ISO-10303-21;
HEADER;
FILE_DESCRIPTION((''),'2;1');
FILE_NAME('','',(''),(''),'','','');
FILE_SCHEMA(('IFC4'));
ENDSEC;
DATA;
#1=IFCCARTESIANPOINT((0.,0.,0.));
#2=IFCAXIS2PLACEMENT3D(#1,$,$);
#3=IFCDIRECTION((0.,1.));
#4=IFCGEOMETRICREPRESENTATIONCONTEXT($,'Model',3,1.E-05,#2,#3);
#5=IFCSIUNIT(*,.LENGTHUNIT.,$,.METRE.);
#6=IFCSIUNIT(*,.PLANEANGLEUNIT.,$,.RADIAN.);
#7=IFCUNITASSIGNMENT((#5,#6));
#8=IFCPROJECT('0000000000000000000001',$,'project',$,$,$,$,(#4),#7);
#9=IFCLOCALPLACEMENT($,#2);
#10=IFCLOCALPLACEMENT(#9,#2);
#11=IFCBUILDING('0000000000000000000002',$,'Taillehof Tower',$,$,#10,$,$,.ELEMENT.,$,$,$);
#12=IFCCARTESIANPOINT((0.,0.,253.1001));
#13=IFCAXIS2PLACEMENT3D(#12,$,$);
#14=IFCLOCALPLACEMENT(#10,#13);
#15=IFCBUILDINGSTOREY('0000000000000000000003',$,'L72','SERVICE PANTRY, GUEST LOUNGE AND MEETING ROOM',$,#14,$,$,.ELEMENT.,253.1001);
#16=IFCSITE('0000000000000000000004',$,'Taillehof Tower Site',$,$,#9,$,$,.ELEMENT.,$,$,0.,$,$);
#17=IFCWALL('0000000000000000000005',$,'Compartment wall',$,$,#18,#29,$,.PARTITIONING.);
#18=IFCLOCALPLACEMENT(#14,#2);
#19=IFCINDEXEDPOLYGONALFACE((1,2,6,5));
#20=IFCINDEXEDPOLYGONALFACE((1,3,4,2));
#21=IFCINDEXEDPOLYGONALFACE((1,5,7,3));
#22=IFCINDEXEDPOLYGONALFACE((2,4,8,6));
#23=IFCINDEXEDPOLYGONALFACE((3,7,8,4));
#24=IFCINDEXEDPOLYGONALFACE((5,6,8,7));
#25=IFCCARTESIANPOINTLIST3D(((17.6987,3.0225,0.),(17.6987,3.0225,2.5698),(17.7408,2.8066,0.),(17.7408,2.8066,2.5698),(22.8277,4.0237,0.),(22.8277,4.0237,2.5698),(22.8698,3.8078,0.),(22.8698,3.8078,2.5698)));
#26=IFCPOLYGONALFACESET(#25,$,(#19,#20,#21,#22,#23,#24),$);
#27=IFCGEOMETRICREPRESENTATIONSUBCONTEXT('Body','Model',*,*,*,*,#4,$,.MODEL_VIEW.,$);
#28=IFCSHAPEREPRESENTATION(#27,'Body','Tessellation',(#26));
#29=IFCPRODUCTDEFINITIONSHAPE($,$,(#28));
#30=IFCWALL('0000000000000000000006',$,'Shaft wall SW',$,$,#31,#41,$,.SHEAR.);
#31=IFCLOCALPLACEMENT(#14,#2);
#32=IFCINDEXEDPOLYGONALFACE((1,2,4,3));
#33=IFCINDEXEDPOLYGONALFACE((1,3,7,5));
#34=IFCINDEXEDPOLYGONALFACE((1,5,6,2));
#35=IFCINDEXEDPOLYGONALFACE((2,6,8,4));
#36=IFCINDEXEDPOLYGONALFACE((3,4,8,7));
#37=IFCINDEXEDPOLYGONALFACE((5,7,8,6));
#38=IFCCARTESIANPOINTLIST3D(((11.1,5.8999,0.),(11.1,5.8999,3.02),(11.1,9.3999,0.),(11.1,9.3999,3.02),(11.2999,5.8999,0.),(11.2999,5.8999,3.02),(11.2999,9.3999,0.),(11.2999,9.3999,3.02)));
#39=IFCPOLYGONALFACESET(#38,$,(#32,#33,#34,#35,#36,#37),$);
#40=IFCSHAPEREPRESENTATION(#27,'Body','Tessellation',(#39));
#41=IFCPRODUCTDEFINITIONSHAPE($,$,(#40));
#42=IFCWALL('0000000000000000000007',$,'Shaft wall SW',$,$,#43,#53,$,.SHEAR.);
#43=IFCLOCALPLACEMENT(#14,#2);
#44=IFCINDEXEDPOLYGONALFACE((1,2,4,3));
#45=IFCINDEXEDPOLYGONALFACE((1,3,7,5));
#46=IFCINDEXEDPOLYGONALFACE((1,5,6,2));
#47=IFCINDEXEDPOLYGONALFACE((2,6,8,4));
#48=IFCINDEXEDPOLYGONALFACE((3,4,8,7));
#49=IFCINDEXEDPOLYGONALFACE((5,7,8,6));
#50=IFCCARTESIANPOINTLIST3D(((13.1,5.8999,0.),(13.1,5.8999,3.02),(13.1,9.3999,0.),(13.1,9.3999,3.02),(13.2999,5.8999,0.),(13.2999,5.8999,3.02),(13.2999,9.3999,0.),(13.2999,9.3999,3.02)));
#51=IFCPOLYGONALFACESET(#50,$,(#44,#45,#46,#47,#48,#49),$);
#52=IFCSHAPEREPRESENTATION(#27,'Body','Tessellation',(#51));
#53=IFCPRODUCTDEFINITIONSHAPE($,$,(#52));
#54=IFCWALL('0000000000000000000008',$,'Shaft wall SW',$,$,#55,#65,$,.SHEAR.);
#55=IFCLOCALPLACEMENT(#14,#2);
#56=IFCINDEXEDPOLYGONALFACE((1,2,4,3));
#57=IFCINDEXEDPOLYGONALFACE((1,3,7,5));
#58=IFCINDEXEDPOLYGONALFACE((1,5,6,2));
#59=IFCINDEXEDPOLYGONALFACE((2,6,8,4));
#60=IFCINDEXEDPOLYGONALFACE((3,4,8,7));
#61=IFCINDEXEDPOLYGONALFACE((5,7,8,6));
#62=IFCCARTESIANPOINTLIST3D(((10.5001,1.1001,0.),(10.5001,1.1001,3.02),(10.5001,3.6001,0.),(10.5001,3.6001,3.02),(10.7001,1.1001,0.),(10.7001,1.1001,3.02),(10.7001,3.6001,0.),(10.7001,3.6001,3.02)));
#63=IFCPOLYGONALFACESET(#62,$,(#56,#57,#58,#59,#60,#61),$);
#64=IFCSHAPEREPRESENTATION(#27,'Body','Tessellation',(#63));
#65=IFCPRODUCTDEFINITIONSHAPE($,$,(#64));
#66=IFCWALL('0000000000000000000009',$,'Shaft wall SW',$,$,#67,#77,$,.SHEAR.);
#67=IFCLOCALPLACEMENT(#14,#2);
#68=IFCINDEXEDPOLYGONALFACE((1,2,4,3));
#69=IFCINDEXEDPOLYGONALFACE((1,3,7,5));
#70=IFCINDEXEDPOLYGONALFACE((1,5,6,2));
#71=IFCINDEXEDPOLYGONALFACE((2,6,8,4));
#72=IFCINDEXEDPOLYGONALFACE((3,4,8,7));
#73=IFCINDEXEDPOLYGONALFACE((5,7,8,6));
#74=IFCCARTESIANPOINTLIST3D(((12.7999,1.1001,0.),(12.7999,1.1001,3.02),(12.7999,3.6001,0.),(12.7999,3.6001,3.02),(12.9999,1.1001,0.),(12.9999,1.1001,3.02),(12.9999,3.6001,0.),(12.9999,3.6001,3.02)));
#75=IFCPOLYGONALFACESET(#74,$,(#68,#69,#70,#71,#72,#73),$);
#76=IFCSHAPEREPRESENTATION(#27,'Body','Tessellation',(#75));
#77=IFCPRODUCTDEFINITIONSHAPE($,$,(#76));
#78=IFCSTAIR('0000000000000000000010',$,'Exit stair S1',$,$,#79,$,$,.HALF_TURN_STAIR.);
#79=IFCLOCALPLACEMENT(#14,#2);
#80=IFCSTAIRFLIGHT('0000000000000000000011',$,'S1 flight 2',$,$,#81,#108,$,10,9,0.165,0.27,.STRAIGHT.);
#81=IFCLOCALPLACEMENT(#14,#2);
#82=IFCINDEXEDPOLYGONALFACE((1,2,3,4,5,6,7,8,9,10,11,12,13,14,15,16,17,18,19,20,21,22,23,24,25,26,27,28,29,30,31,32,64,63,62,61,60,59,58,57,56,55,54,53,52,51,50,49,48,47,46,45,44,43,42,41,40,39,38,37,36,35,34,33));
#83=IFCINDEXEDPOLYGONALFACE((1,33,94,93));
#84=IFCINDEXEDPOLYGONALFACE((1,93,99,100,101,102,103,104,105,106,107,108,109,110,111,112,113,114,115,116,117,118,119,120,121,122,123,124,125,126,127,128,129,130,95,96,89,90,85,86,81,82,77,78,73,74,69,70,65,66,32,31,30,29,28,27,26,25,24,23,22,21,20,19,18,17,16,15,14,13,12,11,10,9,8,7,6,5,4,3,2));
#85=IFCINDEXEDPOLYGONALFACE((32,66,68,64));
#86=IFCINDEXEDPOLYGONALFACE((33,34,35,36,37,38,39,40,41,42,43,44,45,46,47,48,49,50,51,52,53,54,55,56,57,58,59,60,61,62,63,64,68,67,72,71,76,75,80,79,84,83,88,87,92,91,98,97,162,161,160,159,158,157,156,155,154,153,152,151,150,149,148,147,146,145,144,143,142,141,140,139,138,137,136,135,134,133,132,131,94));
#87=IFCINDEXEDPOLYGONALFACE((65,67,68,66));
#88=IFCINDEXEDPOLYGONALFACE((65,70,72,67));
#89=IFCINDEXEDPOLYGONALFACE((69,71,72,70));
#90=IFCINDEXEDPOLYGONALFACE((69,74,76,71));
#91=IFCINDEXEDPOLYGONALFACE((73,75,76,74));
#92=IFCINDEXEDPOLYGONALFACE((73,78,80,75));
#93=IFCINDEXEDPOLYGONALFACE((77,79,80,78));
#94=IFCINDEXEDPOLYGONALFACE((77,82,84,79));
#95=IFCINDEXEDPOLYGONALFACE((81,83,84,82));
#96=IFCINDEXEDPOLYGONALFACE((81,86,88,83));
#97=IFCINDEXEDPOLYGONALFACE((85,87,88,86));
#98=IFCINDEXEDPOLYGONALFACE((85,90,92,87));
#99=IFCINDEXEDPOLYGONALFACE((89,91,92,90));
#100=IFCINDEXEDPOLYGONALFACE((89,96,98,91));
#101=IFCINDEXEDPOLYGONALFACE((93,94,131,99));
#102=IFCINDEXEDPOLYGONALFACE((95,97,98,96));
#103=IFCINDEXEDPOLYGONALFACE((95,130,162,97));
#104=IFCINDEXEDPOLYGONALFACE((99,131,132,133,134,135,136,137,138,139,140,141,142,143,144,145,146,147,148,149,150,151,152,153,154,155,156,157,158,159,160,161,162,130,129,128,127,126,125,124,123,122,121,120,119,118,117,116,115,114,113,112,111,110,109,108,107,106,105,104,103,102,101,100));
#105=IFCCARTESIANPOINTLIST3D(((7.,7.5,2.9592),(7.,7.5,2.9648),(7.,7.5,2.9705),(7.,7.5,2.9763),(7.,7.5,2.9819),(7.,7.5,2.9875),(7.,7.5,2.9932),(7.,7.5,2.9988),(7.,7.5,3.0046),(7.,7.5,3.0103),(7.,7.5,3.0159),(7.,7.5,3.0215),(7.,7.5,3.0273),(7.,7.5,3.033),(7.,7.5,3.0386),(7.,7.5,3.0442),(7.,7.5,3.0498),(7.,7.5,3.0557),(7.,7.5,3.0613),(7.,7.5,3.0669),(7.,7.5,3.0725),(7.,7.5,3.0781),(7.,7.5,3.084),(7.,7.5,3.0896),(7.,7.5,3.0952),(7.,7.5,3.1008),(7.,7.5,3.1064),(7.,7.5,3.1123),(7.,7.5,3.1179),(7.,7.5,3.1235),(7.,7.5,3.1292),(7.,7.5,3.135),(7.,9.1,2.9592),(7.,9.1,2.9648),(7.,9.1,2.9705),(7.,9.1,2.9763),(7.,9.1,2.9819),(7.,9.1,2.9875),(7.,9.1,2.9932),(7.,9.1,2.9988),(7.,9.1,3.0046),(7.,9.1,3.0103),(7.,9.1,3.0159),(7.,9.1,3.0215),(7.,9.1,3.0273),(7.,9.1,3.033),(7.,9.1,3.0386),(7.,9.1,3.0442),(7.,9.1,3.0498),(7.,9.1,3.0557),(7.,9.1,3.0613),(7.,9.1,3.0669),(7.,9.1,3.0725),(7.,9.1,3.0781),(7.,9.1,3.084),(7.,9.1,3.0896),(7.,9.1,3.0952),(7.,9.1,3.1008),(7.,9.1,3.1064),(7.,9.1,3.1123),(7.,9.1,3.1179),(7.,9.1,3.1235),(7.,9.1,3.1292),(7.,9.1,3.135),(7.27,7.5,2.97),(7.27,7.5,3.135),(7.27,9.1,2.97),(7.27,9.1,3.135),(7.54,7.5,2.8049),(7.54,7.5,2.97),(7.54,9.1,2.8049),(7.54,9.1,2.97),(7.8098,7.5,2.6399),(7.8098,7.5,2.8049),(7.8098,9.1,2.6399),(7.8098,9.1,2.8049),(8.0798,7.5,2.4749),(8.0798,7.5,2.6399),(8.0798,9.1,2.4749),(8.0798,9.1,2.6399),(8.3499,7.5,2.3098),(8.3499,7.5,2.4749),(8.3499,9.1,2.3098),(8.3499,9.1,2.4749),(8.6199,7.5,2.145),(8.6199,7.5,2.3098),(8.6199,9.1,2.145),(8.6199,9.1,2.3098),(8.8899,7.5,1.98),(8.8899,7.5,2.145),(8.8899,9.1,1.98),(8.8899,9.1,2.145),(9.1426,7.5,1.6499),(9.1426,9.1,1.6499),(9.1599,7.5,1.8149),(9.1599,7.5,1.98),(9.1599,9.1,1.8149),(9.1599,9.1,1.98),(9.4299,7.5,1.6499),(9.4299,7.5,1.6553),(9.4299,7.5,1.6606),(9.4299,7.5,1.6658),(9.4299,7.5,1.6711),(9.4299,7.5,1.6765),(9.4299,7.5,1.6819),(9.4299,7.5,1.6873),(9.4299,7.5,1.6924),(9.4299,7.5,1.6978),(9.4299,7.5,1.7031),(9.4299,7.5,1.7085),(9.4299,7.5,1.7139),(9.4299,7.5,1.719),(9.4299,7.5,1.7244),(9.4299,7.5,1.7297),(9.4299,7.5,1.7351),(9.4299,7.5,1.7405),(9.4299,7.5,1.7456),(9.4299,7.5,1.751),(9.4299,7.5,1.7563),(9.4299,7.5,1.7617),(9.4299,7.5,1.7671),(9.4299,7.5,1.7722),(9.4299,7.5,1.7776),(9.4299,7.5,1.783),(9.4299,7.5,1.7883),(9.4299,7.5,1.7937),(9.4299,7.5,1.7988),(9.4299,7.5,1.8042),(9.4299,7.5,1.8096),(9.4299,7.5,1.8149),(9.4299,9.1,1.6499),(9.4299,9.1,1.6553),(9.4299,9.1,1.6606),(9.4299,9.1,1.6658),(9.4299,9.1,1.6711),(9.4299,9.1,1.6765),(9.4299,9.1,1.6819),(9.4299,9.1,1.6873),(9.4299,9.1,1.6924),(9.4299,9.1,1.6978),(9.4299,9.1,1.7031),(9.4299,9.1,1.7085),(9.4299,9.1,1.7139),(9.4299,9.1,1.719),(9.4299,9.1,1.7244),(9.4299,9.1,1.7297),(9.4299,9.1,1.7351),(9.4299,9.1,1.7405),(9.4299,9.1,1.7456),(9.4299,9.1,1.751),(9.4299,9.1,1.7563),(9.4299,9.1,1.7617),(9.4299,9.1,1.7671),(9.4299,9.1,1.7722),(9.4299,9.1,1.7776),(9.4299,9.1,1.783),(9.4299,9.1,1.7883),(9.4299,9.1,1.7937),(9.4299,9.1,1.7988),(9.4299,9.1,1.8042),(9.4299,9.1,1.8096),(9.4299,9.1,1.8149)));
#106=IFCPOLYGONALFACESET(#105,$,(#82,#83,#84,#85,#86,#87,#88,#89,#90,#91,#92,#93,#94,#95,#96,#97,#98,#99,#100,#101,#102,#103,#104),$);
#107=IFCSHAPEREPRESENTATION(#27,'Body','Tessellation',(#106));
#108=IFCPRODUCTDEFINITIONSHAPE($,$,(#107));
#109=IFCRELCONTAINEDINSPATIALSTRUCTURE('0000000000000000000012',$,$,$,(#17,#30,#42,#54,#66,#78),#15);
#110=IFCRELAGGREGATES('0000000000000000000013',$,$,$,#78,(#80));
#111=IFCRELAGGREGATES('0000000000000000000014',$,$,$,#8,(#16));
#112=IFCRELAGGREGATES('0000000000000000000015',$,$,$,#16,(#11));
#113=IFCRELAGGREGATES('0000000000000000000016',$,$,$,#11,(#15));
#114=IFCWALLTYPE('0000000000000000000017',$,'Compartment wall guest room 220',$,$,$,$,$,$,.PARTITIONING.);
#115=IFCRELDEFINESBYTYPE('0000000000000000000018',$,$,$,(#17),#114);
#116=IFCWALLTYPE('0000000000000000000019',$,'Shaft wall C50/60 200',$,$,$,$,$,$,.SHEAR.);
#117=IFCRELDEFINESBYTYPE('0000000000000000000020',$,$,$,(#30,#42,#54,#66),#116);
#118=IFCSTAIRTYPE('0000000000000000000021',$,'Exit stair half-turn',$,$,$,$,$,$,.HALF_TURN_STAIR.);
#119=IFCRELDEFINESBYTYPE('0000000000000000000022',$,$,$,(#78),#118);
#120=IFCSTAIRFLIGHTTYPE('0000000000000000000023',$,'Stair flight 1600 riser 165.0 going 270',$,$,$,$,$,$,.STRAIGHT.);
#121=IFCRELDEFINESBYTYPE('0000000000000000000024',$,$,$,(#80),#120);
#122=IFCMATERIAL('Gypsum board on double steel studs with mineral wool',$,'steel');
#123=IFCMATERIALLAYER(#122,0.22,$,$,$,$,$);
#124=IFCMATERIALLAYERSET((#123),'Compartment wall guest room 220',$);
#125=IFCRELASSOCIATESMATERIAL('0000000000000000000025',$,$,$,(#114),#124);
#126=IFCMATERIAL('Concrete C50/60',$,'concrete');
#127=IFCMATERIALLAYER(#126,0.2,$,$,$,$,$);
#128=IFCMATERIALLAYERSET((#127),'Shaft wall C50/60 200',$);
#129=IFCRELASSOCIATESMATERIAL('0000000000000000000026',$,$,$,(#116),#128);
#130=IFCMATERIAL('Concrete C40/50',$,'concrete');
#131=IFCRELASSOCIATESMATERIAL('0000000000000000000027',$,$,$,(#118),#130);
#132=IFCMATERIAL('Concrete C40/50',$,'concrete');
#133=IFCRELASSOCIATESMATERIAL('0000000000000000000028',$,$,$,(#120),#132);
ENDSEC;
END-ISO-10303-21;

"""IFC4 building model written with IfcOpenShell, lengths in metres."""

from ifc_helpers import new_model, si_unit, direction, frame, frame_2d, origin, place, context, subcontext, project, spatial, polyline, rectangle, outline, extrude, material, layer, layer_set, type_object, element, aggregate, save


model = new_model("IFC4")

# Units and contexts
model_context = context("Model", 3, precision=1e-05, world=origin(), true_north=direction((0.0, 1.0)))
body_context = subcontext(model_context, "Body", "Model", "MODEL_VIEW")
ifc_project = project(units=[si_unit("LENGTHUNIT", "METRE"), si_unit("PLANEANGLEUNIT", "RADIAN")], contexts=[model_context])

# Site, building, storey
site_placement = place(None, origin())
site = spatial("IfcSite", under=ifc_project, at=site_placement, Name="Taillehof Tower Site", CompositionType="ELEMENT", RefElevation=0.0)
building_placement = place(site_placement, origin())
building = spatial("IfcBuilding", under=site, at=building_placement, Name="Taillehof Tower", CompositionType="ELEMENT")
storey_placement = place(building_placement, frame((0.0, 0.0, 253.1001)))
storey = spatial("IfcBuildingStorey", under=building, at=storey_placement, Name="L72", Description="SERVICE PANTRY, GUEST LOUNGE AND MEETING ROOM", CompositionType="ELEMENT", Elevation=253.1001)

# Walls
ifc_material_1 = material(Name="Gypsum board on double steel studs with mineral wool", Category="steel")
ifc_layer_1 = layer(ifc_material_1, 0.22)
ifc_layer_set_1 = layer_set([ifc_layer_1], Name="Compartment wall guest room 220")
wall_type_1 = type_object("IfcWallType", Name="Compartment wall guest room 220", PredefinedType="PARTITIONING", material=ifc_layer_set_1)
wall_1_placement = place(storey_placement, frame((22.8486, 3.9158, 0.0), z_axis=(0.0, 0.0, 1.0), x_axis=(-0.981474, -0.191595, 0.0)))
element("IfcWall", 1, at=wall_1_placement, inside=storey, type_object=wall_type_1, Name="Compartment wall", PredefinedType="PARTITIONING", context=body_context, shape_type="SweptSolid", body=[
    extrude(rectangle(XDim=5.2258, YDim=0.22, at=frame_2d((2.6128, 0.0))), origin(), (0.0, 0.0, 1.0), 2.5698),
])
ifc_material_2 = material(Name="Concrete C50/60", Category="concrete")
ifc_layer_2 = layer(ifc_material_2, 0.2)
ifc_layer_set_2 = layer_set([ifc_layer_2], Name="Shaft wall C50/60 200")
wall_type_2 = type_object("IfcWallType", Name="Shaft wall C50/60 200", PredefinedType="SHEAR", material=ifc_layer_set_2)
for number, where, z_axis, x_axis, name in (
    (2, (11.2, 5.8999, 0.0), (0.0, 0.0, 1.0), (0.0, 1.0, 0.0), "Shaft wall SW"),
    (3, (13.2, 5.8999, 0.0), (0.0, 0.0, 1.0), (0.0, 1.0, 0.0), "Shaft wall SW"),
):
    element("IfcWall", number, at=place(storey_placement, frame(where, z_axis=z_axis, x_axis=x_axis)), inside=storey, type_object=wall_type_2, Name=name, PredefinedType="SHEAR", context=body_context, shape_type="SweptSolid", body=[
        extrude(rectangle(XDim=3.5, YDim=0.2, at=frame_2d((1.75, 0.0))), origin(), (0.0, 0.0, 1.0), 3.02),
    ])
for number, where, z_axis, x_axis, name in (
    (4, (10.6001, 1.1001, 0.0), (0.0, 0.0, 1.0), (0.0, 1.0, 0.0), "Shaft wall SW"),
    (5, (12.8999, 1.1001, 0.0), (0.0, 0.0, 1.0), (0.0, 1.0, 0.0), "Shaft wall SW"),
):
    element("IfcWall", number, at=place(storey_placement, frame(where, z_axis=z_axis, x_axis=x_axis)), inside=storey, type_object=wall_type_2, Name=name, PredefinedType="SHEAR", context=body_context, shape_type="SweptSolid", body=[
        extrude(rectangle(XDim=2.5, YDim=0.2, at=frame_2d((1.25, 0.0))), origin(), (0.0, 0.0, 1.0), 3.02),
    ])

# Stair, stair flight
ifc_material_3 = material(Name="Concrete C40/50", Category="concrete")
stair_type = type_object("IfcStairType", Name="Exit stair half-turn", PredefinedType="HALF_TURN_STAIR", material=ifc_material_3)
stair_placement = place(storey_placement, origin())
stair = element("IfcStair", 6, at=stair_placement, inside=storey, type_object=stair_type, Name="Exit stair S1", PredefinedType="HALF_TURN_STAIR")
ifc_material_4 = material(Name="Concrete C40/50", Category="concrete")
stair_flight_type = type_object("IfcStairFlightType", Name="Stair flight 1600 riser 165.0 going 270", PredefinedType="STRAIGHT", material=ifc_material_4)
stair_flight_placement = place(storey_placement, frame((9.4299, 8.3, 1.6499), z_axis=(0.0, 0.0, 1.0), x_axis=(-1.0, 0.0, 0.0)))
stair_flight = element("IfcStairFlight", 7, at=stair_flight_placement, type_object=stair_flight_type, Name="S1 flight 2", NumberOfRisers=10, NumberOfTreads=9, PredefinedType="STRAIGHT", RiserHeight=0.165, TreadLength=0.27, context=body_context, shape_type="SweptSolid", body=[
    extrude(outline(polyline([(0.0, 0.0), (0.0, 0.0054), (0.0, 0.0107), (0.0, 0.0159), (0.0, 0.0212), (0.0, 0.0266), (0.0, 0.032), (0.0, 0.0374), (0.0, 0.0425), (0.0, 0.0479), (0.0, 0.0532), (0.0, 0.0586), (0.0, 0.064), (0.0, 0.0691), (0.0, 0.0745), (0.0, 0.0798), (0.0, 0.0852), (0.0, 0.0906), (0.0, 0.0957), (0.0, 0.1011), (0.0, 0.1064), (0.0, 0.1118), (0.0, 0.1172), (0.0, 0.1223), (0.0, 0.1277), (0.0, 0.1331), (0.0, 0.1384), (0.0, 0.1438), (0.0, 0.1489), (0.0, 0.1543), (0.0, 0.1597), (0.0, 0.165), (0.27, 0.165), (0.27, 0.3301), (0.54, 0.3301), (0.54, 0.4951), (0.8101, 0.4951), (0.8101, 0.6599), (1.0801, 0.6599), (1.0801, 0.825), (1.3501, 0.825), (1.3501, 0.99), (1.6201, 0.99), (1.6201, 1.155), (1.8899, 1.155), (1.8899, 1.3201), (2.1599, 1.3201), (2.1599, 1.4851), (2.4299, 1.4851), (2.4299, 1.4792), (2.4299, 1.4736), (2.4299, 1.468), (2.4299, 1.4624), (2.4299, 1.4565), (2.4299, 1.4509), (2.4299, 1.4453), (2.4299, 1.4397), (2.4299, 1.4341), (2.4299, 1.4282), (2.4299, 1.4226), (2.4299, 1.417), (2.4299, 1.4114), (2.4299, 1.4058), (2.4299, 1.3999), (2.4299, 1.3943), (2.4299, 1.3887), (2.4299, 1.3831), (2.4299, 1.3774), (2.4299, 1.3716), (2.4299, 1.366), (2.4299, 1.3604), (2.4299, 1.3547), (2.4299, 1.3489), (2.4299, 1.3433), (2.4299, 1.3376), (2.4299, 1.332), (2.4299, 1.3264), (2.4299, 1.3206), (2.4299, 1.3149), (2.4299, 1.3093), (0.2874, 0.0), (0.0, 0.0)])), frame((0.0, 0.8, 0.0), z_axis=(0.0, -1.0, 0.0), x_axis=(1.0, 0.0, 0.0)), (0.0, 0.0, 1.0), 1.6),
])
aggregate(stair, [stair_flight])

save(model, "model.ifc")
